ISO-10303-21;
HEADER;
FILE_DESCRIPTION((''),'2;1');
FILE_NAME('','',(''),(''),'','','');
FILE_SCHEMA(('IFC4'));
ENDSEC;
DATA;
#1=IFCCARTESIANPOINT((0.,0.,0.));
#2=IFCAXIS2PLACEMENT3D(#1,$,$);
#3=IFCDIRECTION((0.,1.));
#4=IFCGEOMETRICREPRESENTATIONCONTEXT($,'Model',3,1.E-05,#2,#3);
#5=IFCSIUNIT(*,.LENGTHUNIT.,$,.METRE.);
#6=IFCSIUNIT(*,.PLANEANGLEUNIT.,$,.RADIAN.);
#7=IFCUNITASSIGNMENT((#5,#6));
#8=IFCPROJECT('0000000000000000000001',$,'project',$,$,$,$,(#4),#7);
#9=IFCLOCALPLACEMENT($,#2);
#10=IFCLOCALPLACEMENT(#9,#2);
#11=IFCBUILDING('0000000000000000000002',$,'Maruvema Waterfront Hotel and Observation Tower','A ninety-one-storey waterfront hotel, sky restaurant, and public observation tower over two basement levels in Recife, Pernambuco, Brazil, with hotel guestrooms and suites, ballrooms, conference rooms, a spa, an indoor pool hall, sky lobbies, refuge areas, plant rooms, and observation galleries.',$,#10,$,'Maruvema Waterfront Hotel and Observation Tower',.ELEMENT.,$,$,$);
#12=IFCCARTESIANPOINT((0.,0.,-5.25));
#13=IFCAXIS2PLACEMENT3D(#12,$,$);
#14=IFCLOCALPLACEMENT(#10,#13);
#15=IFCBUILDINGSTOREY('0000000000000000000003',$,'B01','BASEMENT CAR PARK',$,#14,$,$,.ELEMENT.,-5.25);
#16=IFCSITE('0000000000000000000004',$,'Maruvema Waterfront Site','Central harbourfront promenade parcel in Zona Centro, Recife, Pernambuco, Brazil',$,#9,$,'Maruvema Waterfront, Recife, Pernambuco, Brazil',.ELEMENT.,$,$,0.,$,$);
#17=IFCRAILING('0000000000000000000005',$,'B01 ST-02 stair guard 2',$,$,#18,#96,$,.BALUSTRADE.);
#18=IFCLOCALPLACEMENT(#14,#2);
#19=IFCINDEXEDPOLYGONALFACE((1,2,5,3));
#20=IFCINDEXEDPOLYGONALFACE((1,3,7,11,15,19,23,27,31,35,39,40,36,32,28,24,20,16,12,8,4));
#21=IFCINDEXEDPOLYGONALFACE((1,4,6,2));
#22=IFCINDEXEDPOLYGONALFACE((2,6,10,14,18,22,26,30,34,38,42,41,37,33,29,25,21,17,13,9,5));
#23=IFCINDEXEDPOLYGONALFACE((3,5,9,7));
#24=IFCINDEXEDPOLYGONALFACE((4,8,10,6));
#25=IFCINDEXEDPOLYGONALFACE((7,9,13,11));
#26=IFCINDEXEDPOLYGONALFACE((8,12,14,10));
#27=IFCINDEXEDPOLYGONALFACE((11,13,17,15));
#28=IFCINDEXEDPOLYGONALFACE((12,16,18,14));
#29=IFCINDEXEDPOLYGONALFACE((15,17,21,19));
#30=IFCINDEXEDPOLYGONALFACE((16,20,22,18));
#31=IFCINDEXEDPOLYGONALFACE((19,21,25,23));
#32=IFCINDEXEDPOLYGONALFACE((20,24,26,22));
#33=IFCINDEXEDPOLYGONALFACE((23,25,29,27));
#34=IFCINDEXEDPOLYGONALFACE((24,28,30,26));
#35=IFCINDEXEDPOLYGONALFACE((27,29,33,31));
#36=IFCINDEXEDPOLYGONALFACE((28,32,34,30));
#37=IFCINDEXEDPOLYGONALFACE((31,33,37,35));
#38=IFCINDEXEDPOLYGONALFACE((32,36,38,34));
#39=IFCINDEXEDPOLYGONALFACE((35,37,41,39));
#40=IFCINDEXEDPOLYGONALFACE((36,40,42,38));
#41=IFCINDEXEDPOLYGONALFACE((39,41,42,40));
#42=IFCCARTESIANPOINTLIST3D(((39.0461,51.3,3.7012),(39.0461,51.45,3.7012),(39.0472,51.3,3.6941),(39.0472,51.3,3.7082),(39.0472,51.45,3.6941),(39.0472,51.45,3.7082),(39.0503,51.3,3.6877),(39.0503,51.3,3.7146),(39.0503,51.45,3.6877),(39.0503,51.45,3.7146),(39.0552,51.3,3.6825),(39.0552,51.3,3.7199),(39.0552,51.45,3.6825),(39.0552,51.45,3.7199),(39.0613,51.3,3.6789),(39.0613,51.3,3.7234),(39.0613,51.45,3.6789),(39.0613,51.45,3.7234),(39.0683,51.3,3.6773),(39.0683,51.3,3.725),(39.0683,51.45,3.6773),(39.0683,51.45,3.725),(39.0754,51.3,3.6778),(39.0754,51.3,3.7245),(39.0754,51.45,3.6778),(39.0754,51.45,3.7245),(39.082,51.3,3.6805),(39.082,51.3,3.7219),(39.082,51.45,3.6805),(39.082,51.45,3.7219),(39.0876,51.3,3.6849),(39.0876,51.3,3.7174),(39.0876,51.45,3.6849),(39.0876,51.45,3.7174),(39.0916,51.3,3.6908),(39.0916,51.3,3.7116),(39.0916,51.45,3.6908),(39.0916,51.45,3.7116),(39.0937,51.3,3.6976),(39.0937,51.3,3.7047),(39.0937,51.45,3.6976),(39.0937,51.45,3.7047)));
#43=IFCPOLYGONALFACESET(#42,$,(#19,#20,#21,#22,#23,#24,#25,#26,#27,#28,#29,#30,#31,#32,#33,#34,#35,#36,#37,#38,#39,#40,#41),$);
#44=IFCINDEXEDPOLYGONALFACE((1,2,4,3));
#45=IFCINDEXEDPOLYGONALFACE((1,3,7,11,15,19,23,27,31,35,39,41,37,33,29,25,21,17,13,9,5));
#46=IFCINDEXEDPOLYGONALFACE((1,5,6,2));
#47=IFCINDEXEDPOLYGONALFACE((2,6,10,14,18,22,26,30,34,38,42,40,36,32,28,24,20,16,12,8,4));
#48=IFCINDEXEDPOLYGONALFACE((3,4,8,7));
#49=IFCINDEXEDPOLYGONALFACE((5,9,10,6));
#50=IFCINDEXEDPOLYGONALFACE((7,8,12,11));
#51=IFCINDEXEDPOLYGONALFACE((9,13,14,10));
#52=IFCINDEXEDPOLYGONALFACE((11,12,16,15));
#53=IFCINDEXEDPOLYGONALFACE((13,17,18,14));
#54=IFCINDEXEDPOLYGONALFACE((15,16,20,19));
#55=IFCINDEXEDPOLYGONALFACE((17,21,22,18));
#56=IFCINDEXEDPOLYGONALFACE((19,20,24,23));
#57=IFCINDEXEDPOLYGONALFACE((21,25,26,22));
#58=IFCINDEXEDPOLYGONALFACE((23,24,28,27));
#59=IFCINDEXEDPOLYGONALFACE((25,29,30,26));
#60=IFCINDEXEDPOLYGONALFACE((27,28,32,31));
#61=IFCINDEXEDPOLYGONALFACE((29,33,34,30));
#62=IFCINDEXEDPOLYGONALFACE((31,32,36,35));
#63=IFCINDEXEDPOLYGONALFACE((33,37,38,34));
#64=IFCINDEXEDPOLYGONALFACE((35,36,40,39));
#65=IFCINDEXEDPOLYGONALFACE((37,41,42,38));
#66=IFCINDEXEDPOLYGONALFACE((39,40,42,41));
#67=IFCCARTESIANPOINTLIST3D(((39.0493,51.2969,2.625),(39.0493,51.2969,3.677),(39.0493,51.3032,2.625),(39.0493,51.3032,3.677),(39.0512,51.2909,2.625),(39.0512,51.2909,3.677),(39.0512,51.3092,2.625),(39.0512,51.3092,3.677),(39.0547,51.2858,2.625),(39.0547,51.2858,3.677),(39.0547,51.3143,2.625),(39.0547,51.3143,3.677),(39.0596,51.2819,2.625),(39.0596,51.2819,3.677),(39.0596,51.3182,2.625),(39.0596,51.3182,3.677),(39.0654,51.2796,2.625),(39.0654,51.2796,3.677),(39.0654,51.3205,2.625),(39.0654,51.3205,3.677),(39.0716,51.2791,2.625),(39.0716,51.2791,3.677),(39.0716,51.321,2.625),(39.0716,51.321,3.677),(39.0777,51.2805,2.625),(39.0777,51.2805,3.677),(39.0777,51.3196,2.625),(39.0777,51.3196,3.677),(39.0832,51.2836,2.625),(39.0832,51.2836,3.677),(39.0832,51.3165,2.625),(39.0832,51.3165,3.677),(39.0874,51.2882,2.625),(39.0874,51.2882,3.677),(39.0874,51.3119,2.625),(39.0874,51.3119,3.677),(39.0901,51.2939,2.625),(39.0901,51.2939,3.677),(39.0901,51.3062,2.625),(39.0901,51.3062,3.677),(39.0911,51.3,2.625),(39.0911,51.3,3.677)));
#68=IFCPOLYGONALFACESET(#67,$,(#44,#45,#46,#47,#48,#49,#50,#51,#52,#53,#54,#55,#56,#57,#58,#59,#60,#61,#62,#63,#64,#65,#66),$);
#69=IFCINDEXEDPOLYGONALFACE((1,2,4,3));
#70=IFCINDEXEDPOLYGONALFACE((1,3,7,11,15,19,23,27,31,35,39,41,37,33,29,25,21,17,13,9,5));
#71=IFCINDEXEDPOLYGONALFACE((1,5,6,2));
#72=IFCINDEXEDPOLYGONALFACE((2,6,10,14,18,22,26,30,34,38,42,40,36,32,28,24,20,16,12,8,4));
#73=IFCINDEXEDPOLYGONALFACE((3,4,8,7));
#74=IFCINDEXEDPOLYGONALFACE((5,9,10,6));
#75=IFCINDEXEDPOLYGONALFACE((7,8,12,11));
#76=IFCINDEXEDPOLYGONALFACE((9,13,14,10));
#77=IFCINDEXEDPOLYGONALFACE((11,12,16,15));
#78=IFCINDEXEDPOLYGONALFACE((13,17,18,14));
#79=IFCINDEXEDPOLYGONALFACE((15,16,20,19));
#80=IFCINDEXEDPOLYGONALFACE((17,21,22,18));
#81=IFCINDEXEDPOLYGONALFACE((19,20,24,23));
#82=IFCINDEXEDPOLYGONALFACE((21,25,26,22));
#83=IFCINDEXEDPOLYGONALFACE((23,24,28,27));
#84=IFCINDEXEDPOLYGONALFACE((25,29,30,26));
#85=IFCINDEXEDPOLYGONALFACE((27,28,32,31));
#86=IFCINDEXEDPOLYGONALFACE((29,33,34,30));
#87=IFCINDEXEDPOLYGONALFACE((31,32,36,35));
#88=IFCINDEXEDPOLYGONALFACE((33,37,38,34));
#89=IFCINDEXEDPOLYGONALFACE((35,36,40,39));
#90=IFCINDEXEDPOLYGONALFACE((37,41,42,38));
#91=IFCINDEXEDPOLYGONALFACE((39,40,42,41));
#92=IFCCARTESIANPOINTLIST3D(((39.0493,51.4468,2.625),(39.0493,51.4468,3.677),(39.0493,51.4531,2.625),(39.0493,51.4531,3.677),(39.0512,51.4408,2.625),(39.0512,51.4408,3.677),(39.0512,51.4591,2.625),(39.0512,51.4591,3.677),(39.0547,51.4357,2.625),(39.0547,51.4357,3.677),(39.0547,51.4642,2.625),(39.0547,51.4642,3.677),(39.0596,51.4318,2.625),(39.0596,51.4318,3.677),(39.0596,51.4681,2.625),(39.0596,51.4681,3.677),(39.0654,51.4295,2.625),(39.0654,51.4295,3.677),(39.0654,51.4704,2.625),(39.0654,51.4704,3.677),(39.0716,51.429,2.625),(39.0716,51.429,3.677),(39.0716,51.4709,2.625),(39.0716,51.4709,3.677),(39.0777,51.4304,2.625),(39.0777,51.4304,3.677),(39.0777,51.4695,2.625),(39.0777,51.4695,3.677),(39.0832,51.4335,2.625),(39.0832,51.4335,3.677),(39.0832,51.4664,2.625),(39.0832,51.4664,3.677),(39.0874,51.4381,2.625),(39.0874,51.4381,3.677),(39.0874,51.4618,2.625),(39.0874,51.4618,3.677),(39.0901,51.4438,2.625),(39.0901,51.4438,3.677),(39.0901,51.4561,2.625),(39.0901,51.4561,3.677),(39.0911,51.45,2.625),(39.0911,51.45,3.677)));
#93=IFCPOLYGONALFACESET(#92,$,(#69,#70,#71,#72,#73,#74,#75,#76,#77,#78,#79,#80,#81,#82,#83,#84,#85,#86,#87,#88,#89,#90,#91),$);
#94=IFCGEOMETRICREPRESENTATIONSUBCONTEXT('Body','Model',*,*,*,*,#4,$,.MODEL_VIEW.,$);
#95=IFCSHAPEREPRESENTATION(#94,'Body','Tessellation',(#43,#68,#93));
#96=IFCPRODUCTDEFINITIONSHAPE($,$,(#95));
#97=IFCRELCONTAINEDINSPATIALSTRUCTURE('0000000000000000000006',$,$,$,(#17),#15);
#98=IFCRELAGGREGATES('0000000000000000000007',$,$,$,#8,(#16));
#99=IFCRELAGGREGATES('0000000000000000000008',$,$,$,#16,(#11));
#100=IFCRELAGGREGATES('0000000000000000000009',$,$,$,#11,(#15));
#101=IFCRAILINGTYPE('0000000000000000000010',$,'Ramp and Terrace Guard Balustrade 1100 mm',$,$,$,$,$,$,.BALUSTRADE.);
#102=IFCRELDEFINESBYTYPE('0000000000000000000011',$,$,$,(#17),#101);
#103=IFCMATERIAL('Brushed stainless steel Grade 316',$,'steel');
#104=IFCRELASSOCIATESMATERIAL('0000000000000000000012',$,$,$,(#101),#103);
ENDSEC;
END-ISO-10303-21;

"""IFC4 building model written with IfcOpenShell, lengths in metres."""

from ifc_helpers import new_model, si_unit, direction, frame, origin, origin_2d, place, context, subcontext, project, spatial, circle, extrude, material, type_object, element, save


model = new_model("IFC4")

# Units and contexts
model_context = context("Model", 3, precision=1e-05, world=origin(), true_north=direction((0.0, 1.0)))
body_context = subcontext(model_context, "Body", "Model", "MODEL_VIEW")
ifc_project = project(units=[si_unit("LENGTHUNIT", "METRE"), si_unit("PLANEANGLEUNIT", "RADIAN")], contexts=[model_context])

# Site, building, storey
site_placement = place(None, origin())
site = spatial("IfcSite", under=ifc_project, at=site_placement, Name="Maruvema Waterfront Site", Description="Central harbourfront promenade parcel in Zona Centro, Recife, Pernambuco, Brazil", LongName="Maruvema Waterfront, Recife, Pernambuco, Brazil", CompositionType="ELEMENT", RefElevation=0.0)
building_placement = place(site_placement, origin())
building = spatial("IfcBuilding", under=site, at=building_placement, Name="Maruvema Waterfront Hotel and Observation Tower", Description="A ninety-one-storey waterfront hotel, sky restaurant, and public observation tower over two basement levels in Recife, Pernambuco, Brazil, with hotel guestrooms and suites, ballrooms, conference rooms, a spa, an indoor pool hall, sky lobbies, refuge areas, plant rooms, and observation galleries.", LongName="Maruvema Waterfront Hotel and Observation Tower", CompositionType="ELEMENT")
storey_placement = place(building_placement, frame((0.0, 0.0, -5.25)))
storey = spatial("IfcBuildingStorey", under=building, at=storey_placement, Name="B01", Description="BASEMENT CAR PARK", CompositionType="ELEMENT", Elevation=-5.25)

# Railing
ifc_material_1 = material(Name="Brushed stainless steel Grade 316", Category="steel")
railing_type_1 = type_object("IfcRailingType", Name="Ramp and Terrace Guard Balustrade 1100 mm", PredefinedType="BALUSTRADE", material=ifc_material_1)
railing_1_placement = place(storey_placement, frame((39.0701, 51.3, 2.625)))
element("IfcRailing", 1, at=railing_1_placement, inside=storey, type_object=railing_type_1, Name="B01 ST-02 stair guard 2", PredefinedType="BALUSTRADE", context=body_context, shape_type="SweptSolid", body=[
    extrude(circle(Radius=0.0239, at=origin_2d()), frame((0.0, 0.0, 1.0762), z_axis=(0.0, 1.0, 0.0), x_axis=(-1.0, 0.0, 0.0)), (0.0, 0.0, 1.0), 0.1499),
    extrude(circle(Radius=0.021, at=origin_2d()), origin(), (0.0, 0.0, 1.0), 1.052),
    extrude(circle(Radius=0.021, at=origin_2d()), frame((0.0, 0.1499, 0.0)), (0.0, 0.0, 1.0), 1.052),
])

save(model, "model.ifc")
